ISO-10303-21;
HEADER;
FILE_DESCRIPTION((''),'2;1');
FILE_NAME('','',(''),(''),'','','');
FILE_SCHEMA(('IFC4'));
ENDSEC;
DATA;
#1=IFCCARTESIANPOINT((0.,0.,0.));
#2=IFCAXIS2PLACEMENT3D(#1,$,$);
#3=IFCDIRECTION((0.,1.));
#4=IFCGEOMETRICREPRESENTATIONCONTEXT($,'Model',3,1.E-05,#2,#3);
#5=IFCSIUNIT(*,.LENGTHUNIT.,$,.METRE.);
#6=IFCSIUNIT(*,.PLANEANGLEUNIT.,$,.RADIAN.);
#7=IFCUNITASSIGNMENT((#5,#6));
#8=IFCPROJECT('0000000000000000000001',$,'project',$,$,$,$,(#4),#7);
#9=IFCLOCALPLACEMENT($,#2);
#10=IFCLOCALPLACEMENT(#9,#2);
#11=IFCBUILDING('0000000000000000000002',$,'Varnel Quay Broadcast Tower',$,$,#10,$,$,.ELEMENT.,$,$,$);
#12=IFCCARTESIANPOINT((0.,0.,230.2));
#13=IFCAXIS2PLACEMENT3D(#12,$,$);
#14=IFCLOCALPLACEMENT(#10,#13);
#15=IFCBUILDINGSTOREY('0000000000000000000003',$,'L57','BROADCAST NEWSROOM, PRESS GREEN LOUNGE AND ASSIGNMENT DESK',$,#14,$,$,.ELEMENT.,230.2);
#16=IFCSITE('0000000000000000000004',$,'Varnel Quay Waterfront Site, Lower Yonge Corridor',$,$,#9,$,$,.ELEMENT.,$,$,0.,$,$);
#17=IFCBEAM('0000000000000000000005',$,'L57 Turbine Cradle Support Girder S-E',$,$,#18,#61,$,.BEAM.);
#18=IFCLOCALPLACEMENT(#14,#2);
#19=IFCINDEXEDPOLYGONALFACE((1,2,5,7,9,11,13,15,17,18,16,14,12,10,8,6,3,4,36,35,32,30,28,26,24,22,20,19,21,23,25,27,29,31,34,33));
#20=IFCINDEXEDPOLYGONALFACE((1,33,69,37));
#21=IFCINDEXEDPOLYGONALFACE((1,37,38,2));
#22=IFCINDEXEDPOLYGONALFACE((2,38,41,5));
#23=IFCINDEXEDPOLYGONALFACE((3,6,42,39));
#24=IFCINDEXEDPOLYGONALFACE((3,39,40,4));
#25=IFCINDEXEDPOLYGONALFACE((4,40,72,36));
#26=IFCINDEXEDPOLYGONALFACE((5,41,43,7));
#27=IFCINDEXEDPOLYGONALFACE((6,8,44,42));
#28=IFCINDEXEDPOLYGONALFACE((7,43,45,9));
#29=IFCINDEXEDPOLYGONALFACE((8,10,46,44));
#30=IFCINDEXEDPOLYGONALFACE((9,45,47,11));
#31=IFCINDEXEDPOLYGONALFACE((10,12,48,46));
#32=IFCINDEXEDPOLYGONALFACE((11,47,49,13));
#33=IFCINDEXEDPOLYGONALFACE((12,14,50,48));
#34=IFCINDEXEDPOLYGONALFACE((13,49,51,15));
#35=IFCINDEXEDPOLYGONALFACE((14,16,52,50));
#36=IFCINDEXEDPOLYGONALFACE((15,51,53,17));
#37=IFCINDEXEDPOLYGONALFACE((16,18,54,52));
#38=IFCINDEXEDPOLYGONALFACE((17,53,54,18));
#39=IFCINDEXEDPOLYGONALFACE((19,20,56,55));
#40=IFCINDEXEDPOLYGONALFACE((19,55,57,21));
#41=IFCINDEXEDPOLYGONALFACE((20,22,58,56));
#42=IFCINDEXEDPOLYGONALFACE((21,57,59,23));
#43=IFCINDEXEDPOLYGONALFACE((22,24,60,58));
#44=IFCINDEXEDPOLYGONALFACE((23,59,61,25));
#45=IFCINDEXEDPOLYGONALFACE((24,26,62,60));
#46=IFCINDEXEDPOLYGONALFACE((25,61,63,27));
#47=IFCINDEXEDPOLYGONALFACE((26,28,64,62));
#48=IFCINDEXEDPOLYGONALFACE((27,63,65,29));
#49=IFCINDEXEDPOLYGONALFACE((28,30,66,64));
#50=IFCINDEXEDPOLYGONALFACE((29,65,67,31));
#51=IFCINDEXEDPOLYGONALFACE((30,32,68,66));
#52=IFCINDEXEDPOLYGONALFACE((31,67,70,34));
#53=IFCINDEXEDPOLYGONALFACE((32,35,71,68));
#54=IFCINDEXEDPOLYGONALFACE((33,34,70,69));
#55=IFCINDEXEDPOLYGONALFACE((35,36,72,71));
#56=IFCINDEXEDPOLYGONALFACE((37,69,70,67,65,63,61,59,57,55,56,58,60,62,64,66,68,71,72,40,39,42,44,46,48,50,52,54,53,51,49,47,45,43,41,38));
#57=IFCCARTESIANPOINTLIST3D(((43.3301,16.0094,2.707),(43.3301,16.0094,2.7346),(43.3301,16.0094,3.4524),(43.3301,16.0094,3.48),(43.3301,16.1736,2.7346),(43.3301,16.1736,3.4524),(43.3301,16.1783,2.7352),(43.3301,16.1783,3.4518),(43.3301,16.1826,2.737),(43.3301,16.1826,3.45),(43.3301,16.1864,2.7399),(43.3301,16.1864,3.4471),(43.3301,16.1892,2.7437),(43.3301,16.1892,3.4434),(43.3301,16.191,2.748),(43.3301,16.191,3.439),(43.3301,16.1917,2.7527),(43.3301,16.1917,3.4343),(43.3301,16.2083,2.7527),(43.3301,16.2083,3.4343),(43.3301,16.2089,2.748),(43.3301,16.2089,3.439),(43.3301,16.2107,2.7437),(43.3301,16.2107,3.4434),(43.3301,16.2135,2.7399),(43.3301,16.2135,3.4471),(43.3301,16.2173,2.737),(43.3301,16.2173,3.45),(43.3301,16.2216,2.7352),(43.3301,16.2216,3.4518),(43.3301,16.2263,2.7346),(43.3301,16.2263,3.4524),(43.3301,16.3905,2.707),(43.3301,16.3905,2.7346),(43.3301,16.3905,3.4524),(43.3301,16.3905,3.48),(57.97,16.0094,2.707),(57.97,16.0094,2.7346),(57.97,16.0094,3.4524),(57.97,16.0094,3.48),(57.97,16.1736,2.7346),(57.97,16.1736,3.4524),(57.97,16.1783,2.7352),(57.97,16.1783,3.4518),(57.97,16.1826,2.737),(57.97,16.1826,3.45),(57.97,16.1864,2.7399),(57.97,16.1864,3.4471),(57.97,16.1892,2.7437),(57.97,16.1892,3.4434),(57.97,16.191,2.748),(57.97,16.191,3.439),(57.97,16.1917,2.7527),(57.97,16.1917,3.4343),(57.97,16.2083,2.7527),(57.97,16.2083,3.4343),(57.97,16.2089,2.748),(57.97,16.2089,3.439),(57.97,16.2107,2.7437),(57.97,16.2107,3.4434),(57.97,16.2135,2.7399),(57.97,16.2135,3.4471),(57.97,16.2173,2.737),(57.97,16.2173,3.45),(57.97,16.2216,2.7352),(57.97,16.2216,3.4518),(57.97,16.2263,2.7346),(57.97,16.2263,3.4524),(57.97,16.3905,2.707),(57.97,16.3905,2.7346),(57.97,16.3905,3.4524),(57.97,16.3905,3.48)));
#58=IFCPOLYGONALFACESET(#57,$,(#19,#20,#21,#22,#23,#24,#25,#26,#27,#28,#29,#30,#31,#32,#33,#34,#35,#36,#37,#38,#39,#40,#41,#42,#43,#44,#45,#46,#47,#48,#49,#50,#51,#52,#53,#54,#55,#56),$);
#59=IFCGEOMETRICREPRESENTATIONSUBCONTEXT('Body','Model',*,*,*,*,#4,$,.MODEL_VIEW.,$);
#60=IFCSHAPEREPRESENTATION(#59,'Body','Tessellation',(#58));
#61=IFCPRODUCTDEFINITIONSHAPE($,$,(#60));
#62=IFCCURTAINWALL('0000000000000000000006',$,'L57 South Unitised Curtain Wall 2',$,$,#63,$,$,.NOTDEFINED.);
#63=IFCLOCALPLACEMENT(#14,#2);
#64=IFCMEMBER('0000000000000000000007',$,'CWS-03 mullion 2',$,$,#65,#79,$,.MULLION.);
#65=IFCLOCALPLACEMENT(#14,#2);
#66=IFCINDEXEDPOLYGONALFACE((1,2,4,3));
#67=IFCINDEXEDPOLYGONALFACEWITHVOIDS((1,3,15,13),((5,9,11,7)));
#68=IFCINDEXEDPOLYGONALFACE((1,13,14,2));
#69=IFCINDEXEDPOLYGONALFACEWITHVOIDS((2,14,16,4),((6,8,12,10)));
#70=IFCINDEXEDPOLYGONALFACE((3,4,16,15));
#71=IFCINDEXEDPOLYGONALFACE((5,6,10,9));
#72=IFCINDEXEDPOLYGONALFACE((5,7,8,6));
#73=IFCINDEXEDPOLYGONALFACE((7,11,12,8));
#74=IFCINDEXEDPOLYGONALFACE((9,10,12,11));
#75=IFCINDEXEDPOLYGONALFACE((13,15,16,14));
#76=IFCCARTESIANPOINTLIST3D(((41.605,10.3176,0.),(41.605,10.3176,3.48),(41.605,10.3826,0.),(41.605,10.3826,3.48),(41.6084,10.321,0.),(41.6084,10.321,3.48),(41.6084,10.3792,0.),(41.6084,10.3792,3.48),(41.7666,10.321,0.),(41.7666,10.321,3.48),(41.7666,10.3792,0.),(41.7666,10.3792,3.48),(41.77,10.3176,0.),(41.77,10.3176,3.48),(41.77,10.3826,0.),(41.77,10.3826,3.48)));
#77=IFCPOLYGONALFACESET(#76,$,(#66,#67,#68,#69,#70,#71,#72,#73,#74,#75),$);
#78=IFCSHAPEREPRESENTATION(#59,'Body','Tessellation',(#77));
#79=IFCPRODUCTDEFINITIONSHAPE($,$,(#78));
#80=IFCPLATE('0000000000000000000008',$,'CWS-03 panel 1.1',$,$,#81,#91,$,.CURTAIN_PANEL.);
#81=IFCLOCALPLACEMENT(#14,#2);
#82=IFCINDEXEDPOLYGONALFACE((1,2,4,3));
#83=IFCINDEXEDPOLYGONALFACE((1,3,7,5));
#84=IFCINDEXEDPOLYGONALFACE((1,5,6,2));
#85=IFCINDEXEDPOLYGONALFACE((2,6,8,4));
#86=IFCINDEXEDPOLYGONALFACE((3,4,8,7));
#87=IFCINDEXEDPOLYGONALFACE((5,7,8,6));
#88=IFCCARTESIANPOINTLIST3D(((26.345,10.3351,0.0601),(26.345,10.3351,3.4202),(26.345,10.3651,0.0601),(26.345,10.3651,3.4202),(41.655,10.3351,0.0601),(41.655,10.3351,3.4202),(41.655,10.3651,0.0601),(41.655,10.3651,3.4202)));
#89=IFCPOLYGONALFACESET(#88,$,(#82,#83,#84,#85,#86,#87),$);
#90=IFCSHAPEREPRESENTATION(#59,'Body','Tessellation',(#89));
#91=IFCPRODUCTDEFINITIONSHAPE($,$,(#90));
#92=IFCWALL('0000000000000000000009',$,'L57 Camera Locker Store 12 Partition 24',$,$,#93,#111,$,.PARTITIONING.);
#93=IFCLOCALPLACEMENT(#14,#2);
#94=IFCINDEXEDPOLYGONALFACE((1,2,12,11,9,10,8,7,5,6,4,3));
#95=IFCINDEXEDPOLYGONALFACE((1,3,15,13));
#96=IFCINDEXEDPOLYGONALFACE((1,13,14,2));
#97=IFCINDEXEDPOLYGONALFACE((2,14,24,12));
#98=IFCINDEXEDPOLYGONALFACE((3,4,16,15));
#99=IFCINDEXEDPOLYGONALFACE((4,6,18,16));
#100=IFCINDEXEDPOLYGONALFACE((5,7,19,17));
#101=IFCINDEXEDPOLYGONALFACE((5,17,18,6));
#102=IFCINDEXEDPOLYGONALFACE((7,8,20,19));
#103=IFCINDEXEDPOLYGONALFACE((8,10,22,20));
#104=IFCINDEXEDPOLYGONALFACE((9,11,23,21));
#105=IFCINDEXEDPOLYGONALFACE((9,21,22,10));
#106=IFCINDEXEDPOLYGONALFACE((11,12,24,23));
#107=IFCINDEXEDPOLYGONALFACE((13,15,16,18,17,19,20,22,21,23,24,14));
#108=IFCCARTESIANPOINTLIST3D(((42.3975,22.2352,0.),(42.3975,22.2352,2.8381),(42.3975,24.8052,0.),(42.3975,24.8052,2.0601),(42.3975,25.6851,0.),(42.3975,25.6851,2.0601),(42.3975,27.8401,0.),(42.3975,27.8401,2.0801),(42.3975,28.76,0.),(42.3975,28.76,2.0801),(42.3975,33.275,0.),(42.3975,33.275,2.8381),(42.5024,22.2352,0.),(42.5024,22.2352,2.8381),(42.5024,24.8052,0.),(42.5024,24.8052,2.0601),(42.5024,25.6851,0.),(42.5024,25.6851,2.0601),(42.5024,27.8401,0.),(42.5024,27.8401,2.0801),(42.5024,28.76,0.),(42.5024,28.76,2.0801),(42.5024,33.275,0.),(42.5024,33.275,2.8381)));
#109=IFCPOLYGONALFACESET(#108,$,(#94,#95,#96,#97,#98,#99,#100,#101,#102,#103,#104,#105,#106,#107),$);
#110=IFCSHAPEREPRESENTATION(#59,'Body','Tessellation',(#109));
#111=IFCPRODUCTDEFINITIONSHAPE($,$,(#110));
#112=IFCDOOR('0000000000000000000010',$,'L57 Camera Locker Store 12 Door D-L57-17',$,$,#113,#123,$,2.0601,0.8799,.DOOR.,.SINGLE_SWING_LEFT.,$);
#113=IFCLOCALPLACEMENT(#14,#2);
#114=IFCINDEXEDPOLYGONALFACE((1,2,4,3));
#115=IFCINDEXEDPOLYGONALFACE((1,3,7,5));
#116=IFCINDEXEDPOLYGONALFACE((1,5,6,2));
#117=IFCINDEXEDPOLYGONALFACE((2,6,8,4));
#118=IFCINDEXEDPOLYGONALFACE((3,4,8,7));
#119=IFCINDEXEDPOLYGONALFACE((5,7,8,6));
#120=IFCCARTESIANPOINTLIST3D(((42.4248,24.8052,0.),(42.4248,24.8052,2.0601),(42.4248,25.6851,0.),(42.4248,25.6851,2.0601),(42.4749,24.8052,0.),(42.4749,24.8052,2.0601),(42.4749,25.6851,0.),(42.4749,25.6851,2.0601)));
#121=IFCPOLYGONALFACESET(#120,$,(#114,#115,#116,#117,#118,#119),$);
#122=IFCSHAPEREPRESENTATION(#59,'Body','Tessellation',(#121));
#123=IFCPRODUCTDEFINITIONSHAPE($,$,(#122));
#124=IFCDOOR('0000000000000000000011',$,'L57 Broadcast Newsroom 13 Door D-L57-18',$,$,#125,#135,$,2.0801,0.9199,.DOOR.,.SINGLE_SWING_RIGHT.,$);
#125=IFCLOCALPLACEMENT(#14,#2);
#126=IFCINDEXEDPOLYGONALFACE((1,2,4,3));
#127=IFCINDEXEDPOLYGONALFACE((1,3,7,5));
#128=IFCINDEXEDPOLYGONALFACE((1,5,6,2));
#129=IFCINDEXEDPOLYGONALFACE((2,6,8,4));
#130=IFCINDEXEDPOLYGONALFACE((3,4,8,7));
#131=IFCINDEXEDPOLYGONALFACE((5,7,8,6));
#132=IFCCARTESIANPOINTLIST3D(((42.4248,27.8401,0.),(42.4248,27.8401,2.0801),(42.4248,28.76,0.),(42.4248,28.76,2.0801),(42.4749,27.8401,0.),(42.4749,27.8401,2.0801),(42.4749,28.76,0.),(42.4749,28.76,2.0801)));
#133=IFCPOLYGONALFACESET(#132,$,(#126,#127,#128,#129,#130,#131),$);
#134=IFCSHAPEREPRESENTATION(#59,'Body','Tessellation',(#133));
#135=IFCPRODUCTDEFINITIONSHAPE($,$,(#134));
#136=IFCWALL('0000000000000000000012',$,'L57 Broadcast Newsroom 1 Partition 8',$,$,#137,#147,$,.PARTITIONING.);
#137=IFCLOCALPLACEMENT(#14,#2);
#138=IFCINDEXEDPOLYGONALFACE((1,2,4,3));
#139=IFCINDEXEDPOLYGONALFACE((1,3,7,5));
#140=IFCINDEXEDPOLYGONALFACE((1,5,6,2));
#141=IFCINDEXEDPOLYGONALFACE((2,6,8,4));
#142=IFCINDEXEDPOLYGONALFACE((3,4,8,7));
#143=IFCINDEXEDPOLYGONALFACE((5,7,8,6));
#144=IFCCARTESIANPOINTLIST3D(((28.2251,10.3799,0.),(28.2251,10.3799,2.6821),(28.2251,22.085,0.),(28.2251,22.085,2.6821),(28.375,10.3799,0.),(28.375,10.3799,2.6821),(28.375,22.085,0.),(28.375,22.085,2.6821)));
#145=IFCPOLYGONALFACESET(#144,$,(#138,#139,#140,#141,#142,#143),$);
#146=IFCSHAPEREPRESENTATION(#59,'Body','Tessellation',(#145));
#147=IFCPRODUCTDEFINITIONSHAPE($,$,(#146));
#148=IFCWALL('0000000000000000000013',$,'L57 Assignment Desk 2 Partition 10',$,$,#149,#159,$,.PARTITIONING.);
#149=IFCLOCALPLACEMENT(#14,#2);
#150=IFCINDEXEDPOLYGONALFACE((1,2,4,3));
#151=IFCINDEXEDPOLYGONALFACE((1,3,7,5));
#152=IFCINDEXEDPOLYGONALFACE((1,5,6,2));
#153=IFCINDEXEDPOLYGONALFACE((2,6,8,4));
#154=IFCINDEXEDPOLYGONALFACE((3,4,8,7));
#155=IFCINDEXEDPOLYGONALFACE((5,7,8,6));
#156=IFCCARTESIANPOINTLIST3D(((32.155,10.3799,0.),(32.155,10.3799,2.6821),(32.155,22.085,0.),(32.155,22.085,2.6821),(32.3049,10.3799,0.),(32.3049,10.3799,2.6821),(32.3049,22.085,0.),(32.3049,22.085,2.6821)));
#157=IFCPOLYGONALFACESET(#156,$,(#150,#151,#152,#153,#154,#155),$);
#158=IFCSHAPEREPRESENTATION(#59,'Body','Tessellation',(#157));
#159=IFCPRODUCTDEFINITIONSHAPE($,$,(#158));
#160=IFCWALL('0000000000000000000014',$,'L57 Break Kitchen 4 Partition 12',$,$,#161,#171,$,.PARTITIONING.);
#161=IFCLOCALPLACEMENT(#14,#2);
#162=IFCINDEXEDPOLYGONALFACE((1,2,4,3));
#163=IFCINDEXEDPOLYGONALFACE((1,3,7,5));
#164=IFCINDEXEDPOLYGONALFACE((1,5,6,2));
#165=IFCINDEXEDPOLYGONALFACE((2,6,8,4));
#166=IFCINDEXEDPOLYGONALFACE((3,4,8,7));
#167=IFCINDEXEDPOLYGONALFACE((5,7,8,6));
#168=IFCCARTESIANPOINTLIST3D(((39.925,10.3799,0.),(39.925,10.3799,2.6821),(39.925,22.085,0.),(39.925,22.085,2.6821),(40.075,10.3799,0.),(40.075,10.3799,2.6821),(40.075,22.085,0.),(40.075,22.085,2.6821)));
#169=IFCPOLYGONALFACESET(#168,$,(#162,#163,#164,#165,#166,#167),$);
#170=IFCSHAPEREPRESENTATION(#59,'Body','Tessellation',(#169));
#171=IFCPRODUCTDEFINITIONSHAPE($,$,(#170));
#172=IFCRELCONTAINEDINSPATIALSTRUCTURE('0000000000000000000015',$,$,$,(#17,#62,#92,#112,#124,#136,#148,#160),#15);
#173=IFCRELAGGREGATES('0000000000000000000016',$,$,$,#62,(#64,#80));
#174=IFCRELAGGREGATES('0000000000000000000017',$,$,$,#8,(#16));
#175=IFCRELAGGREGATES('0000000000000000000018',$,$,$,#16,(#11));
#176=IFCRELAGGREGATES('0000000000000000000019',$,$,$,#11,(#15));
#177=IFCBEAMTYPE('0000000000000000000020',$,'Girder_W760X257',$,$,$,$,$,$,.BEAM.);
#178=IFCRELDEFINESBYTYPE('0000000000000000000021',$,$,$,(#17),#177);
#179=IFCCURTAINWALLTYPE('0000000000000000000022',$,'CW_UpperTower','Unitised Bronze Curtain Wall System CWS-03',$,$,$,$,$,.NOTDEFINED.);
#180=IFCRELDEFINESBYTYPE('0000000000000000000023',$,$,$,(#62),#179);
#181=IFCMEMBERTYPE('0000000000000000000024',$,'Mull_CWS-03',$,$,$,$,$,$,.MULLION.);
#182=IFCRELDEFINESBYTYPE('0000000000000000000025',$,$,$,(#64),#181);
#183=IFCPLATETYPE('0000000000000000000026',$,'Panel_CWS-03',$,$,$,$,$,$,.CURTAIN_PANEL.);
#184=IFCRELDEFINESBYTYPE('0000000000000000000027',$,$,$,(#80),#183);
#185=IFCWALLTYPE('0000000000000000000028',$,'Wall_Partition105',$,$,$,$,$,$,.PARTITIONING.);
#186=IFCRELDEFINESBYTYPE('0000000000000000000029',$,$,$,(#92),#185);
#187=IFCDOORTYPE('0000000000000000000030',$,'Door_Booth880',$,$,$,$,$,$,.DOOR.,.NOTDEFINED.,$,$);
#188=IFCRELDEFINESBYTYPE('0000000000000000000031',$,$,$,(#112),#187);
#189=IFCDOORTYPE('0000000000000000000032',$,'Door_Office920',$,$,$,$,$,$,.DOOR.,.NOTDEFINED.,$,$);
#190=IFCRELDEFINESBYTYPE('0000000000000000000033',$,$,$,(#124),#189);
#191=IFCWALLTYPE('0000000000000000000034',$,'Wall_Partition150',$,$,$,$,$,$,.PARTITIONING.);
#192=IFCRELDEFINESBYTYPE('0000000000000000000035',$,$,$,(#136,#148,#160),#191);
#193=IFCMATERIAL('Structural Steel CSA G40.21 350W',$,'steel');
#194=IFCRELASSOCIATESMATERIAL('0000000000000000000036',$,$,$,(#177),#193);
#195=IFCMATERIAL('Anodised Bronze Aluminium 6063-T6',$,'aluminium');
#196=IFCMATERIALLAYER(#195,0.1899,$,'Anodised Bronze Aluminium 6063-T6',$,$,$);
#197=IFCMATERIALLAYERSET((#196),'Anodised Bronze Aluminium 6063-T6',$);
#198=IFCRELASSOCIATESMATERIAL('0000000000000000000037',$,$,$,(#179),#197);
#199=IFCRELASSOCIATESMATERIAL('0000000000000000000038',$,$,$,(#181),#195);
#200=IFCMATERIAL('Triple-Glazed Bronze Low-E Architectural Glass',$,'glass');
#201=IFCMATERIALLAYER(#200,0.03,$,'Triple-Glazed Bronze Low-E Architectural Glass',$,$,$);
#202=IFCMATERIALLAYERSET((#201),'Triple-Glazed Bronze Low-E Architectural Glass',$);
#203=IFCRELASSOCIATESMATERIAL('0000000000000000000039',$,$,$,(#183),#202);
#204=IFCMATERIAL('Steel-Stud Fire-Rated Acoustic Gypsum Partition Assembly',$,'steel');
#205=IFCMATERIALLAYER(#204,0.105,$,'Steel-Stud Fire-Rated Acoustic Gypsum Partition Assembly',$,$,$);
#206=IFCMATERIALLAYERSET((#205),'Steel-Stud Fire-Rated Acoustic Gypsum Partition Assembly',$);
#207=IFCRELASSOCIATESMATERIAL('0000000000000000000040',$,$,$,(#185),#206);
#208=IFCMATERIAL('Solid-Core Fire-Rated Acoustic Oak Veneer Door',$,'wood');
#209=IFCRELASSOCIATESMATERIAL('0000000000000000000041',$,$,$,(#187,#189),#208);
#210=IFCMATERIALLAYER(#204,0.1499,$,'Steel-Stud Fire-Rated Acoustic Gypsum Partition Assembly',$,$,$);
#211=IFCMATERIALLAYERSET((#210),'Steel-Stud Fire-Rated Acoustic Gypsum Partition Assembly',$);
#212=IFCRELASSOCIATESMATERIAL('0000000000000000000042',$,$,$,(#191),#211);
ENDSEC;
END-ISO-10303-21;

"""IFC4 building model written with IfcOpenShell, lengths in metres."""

from ifc_helpers import new_model, si_unit, direction, frame, frame_2d, origin, origin_2d, place, context, subcontext, project, spatial, rectangle, hollow_rectangle, i_section, extrude, source, transform, mapped, material, layer, layer_set, material_profile, profile_set, type_object, type_shapes, element, fill, aggregate, save


model = new_model("IFC4")

# Units and contexts
model_context = context("Model", 3, precision=1e-05, world=origin(), true_north=direction((0.0, 1.0)))
body_context = subcontext(model_context, "Body", "Model", "MODEL_VIEW")
ifc_project = project(units=[si_unit("LENGTHUNIT", "METRE"), si_unit("PLANEANGLEUNIT", "RADIAN")], contexts=[model_context])

# Site, building, storey
site_placement = place(None, origin())
site = spatial("IfcSite", under=ifc_project, at=site_placement, Name="Varnel Quay Waterfront Site, Lower Yonge Corridor", CompositionType="ELEMENT", RefElevation=0.0)
building_placement = place(site_placement, origin())
building = spatial("IfcBuilding", under=site, at=building_placement, Name="Varnel Quay Broadcast Tower", CompositionType="ELEMENT")
storey_placement = place(building_placement, frame((0.0, 0.0, 230.2)))
storey = spatial("IfcBuildingStorey", under=building, at=storey_placement, Name="L57", Description="BROADCAST NEWSROOM, PRESS GREEN LOUNGE AND ASSIGNMENT DESK", CompositionType="ELEMENT", Elevation=230.2)

# Shared definitions
ifc_material_1 = material(Name="Structural Steel CSA G40.21 350W", Category="steel")

# Beam
ifc_material_profile_1 = material_profile(ifc_material_1, i_section(OverallWidth=0.3811, OverallDepth=0.7729, WebThickness=0.0166, FlangeThickness=0.0276, FilletRadius=0.0181, at=origin_2d()), Name="W760X257")
ifc_profile_set_1 = profile_set([ifc_material_profile_1], Name="Structural Steel CSA G40.21 350W")
beam_type_1 = type_object("IfcBeamType", Name="Girder_W760X257", PredefinedType="BEAM", material=ifc_profile_set_1)
shared_shape_1 = source(origin(), body_context, "Body", "SweptSolid", [
    extrude(i_section(OverallWidth=0.3811, OverallDepth=0.7729, WebThickness=0.0166, FlangeThickness=0.0276, FilletRadius=0.0181, at=origin_2d()), origin(), (0.0, 0.0, 1.0), 14.6399),
])
type_shapes(beam_type_1, [shared_shape_1])
beam_1_placement = place(storey_placement, frame((43.3301, 16.2, 3.0935), z_axis=(1.0, 0.0, 0.0), x_axis=(0.0, 1.0, 0.0)))
element("IfcBeam", 1, at=beam_1_placement, inside=storey, type_object=beam_type_1, Name="L57 Turbine Cradle Support Girder S-E", PredefinedType="BEAM", context=body_context, shape_type="MappedRepresentation", body=[
    mapped(shared_shape_1, transform((0.0, 0.0, 0.0), x_axis=(1.0, 0.0, 0.0), y_axis=(0.0, 1.0, 0.0), z_axis=(0.0, 0.0, 1.0), scale=1.0)),
])

# Curtain wall, member, plate
ifc_material_2 = material(Name="Anodised Bronze Aluminium 6063-T6", Category="aluminium")
ifc_layer_1 = layer(ifc_material_2, 0.1899, Name="Anodised Bronze Aluminium 6063-T6")
ifc_layer_set_1 = layer_set([ifc_layer_1], Name="Anodised Bronze Aluminium 6063-T6")
curtain_wall_type = type_object("IfcCurtainWallType", Name="CW_UpperTower", Description="Unitised Bronze Curtain Wall System CWS-03", PredefinedType="NOTDEFINED", material=ifc_layer_set_1)
curtain_wall_placement = place(storey_placement, origin())
curtain_wall = element("IfcCurtainWall", 2, at=curtain_wall_placement, inside=storey, type_object=curtain_wall_type, Name="L57 South Unitised Curtain Wall 2", PredefinedType="NOTDEFINED")
ifc_material_profile_2 = material_profile(ifc_material_2, hollow_rectangle(XDim=0.0649, YDim=0.165, WallThickness=0.0034, at=origin_2d()), Name="ALU65X165X3.5")
ifc_profile_set_2 = profile_set([ifc_material_profile_2], Name="Anodised Bronze Aluminium 6063-T6")
member_type = type_object("IfcMemberType", Name="Mull_CWS-03", PredefinedType="MULLION", material=ifc_profile_set_2)
shared_shape_2 = source(origin(), body_context, "Body", "SweptSolid", [
    extrude(hollow_rectangle(XDim=0.0649, YDim=0.165, WallThickness=0.0034, at=origin_2d()), origin(), (0.0, 0.0, 1.0), 3.48),
])
type_shapes(member_type, [shared_shape_2])
member_placement = place(storey_placement, frame((41.6875, 10.3501, 0.0), z_axis=(0.0, 0.0, 1.0), x_axis=(0.0, 1.0, 0.0)))
member = element("IfcMember", 3, at=member_placement, type_object=member_type, Name="CWS-03 mullion 2", PredefinedType="MULLION", context=body_context, shape_type="MappedRepresentation", body=[
    mapped(shared_shape_2, transform((0.0, 0.0, 0.0), x_axis=(1.0, 0.0, 0.0), y_axis=(0.0, 1.0, 0.0), z_axis=(0.0, 0.0, 1.0), scale=1.0)),
])
ifc_material_3 = material(Name="Triple-Glazed Bronze Low-E Architectural Glass", Category="glass")
ifc_layer_2 = layer(ifc_material_3, 0.03, Name="Triple-Glazed Bronze Low-E Architectural Glass")
ifc_layer_set_2 = layer_set([ifc_layer_2], Name="Triple-Glazed Bronze Low-E Architectural Glass")
plate_type = type_object("IfcPlateType", Name="Panel_CWS-03", PredefinedType="CURTAIN_PANEL", material=ifc_layer_set_2)
shared_shape_3 = source(origin(), body_context, "Body", "SweptSolid", [
    extrude(rectangle(XDim=15.3101, YDim=0.03, at=origin_2d()), origin(), (0.0, 0.0, 1.0), 3.3601),
])
type_shapes(plate_type, [shared_shape_3])
plate_placement = place(storey_placement, frame((34.0, 10.3501, 0.0601), z_axis=(0.0, 0.0, 1.0), x_axis=(1.0, 0.0, 0.0)))
plate = element("IfcPlate", 4, at=plate_placement, type_object=plate_type, Name="CWS-03 panel 1.1", PredefinedType="CURTAIN_PANEL", context=body_context, shape_type="MappedRepresentation", body=[
    mapped(shared_shape_3, transform((0.0, 0.0, 0.0), x_axis=(1.0, 0.0, 0.0), y_axis=(0.0, 1.0, 0.0), z_axis=(0.0, 0.0, 1.0), scale=1.0)),
])
aggregate(curtain_wall, [member, plate])

# Wall, openings, doors
ifc_material_4 = material(Name="Steel-Stud Fire-Rated Acoustic Gypsum Partition Assembly", Category="steel")
ifc_layer_3 = layer(ifc_material_4, 0.105, Name="Steel-Stud Fire-Rated Acoustic Gypsum Partition Assembly")
ifc_layer_set_3 = layer_set([ifc_layer_3], Name="Steel-Stud Fire-Rated Acoustic Gypsum Partition Assembly")
wall_type_1 = type_object("IfcWallType", Name="Wall_Partition105", PredefinedType="PARTITIONING", material=ifc_layer_set_3)
wall_1_placement = place(storey_placement, frame((42.45, 22.2351, 0.0), z_axis=(0.0, 0.0, 1.0), x_axis=(0.0, 1.0, 0.0)))
wall_1 = element("IfcWall", 5, at=wall_1_placement, inside=storey, type_object=wall_type_1, Name="L57 Camera Locker Store 12 Partition 24", PredefinedType="PARTITIONING", context=body_context, shape_type="SweptSolid", body=[
    extrude(rectangle(XDim=11.0398, YDim=0.105, at=frame_2d((5.52, 0.0))), origin(), (0.0, 0.0, 1.0), 2.8381),
])
opening_1_placement = place(wall_1_placement, frame((2.5701, 0.0, 0.0)))
opening_1 = element("IfcOpeningElement", 6, at=opening_1_placement, cuts=wall_1, PredefinedType="OPENING", context=body_context, shape_type="SweptSolid", body=[
    extrude(rectangle(XDim=0.8799, YDim=2.0601, at=frame_2d((0.4399, 1.03))), frame((0.0, 0.0625, 0.0), z_axis=(0.0, -1.0, 0.0), x_axis=(1.0, 0.0, 0.0)), (0.0, 0.0, 1.0), 0.125),
])
opening_2_placement = place(wall_1_placement, frame((5.605, 0.0, 0.0)))
opening_2 = element("IfcOpeningElement", 7, at=opening_2_placement, cuts=wall_1, PredefinedType="OPENING", context=body_context, shape_type="SweptSolid", body=[
    extrude(rectangle(XDim=0.9199, YDim=2.0801, at=frame_2d((0.46, 1.04))), frame((0.0, 0.0625, 0.0), z_axis=(0.0, -1.0, 0.0), x_axis=(1.0, 0.0, 0.0)), (0.0, 0.0, 1.0), 0.125),
])
ifc_material_5 = material(Name="Solid-Core Fire-Rated Acoustic Oak Veneer Door", Category="wood")
door_type_1 = type_object("IfcDoorType", Name="Door_Booth880", OperationType="NOTDEFINED", PredefinedType="DOOR", material=ifc_material_5)
shared_shape_4 = source(origin(), body_context, "Body", "SweptSolid", [
    extrude(rectangle(XDim=0.8799, YDim=2.0601, at=frame_2d((0.4399, 1.03))), frame((0.0, 0.0249, 0.0), z_axis=(0.0, -1.0, 0.0), x_axis=(1.0, 0.0, 0.0)), (0.0, 0.0, 1.0), 0.05),
])
type_shapes(door_type_1, [shared_shape_4])
door_1_placement = place(opening_1_placement, frame((0.8799, 0.0, 0.0), z_axis=(0.0, 0.0, 1.0), x_axis=(-1.0, 0.0, 0.0)))
door_1 = element("IfcDoor", 8, at=door_1_placement, inside=storey, type_object=door_type_1, Name="L57 Camera Locker Store 12 Door D-L57-17", OperationType="SINGLE_SWING_LEFT", OverallHeight=2.0601, OverallWidth=0.8799, PredefinedType="DOOR", context=body_context, shape_type="MappedRepresentation", body=[
    mapped(shared_shape_4, transform((0.0, 0.0, 0.0), x_axis=(1.0, 0.0, 0.0), y_axis=(0.0, 1.0, 0.0), z_axis=(0.0, 0.0, 1.0), scale=1.0)),
])
fill(opening_1, door_1)
door_type_2 = type_object("IfcDoorType", Name="Door_Office920", OperationType="NOTDEFINED", PredefinedType="DOOR", material=ifc_material_5)
shared_shape_5 = source(origin(), body_context, "Body", "SweptSolid", [
    extrude(rectangle(XDim=0.9199, YDim=2.0801, at=frame_2d((0.46, 1.04))), frame((0.0, 0.0249, 0.0), z_axis=(0.0, -1.0, 0.0), x_axis=(1.0, 0.0, 0.0)), (0.0, 0.0, 1.0), 0.05),
])
type_shapes(door_type_2, [shared_shape_5])
door_2_placement = place(opening_2_placement, frame((0.9199, 0.0, 0.0), z_axis=(0.0, 0.0, 1.0), x_axis=(-1.0, 0.0, 0.0)))
door_2 = element("IfcDoor", 9, at=door_2_placement, inside=storey, type_object=door_type_2, Name="L57 Broadcast Newsroom 13 Door D-L57-18", OperationType="SINGLE_SWING_RIGHT", OverallHeight=2.0801, OverallWidth=0.9199, PredefinedType="DOOR", context=body_context, shape_type="MappedRepresentation", body=[
    mapped(shared_shape_5, transform((0.0, 0.0, 0.0), x_axis=(1.0, 0.0, 0.0), y_axis=(0.0, 1.0, 0.0), z_axis=(0.0, 0.0, 1.0), scale=1.0)),
])
fill(opening_2, door_2)

# Walls
ifc_layer_4 = layer(ifc_material_4, 0.1499, Name="Steel-Stud Fire-Rated Acoustic Gypsum Partition Assembly")
ifc_layer_set_4 = layer_set([ifc_layer_4], Name="Steel-Stud Fire-Rated Acoustic Gypsum Partition Assembly")
wall_type_2 = type_object("IfcWallType", Name="Wall_Partition150", PredefinedType="PARTITIONING", material=ifc_layer_set_4)
for number, where, z_axis, x_axis, name in (
    (10, (28.3, 10.3799, 0.0), (0.0, 0.0, 1.0), (0.0, 1.0, 0.0), "L57 Broadcast Newsroom 1 Partition 8"),
    (11, (32.23, 10.3799, 0.0), (0.0, 0.0, 1.0), (0.0, 1.0, 0.0), "L57 Assignment Desk 2 Partition 10"),
    (12, (40.0, 10.3799, 0.0), (0.0, 0.0, 1.0), (0.0, 1.0, 0.0), "L57 Break Kitchen 4 Partition 12"),
):
    element("IfcWall", number, at=place(storey_placement, frame(where, z_axis=z_axis, x_axis=x_axis)), inside=storey, type_object=wall_type_2, Name=name, PredefinedType="PARTITIONING", context=body_context, shape_type="SweptSolid", body=[
        extrude(rectangle(XDim=11.7051, YDim=0.1499, at=frame_2d((5.8525, 0.0))), origin(), (0.0, 0.0, 1.0), 2.6821),
    ])

save(model, "model.ifc")
